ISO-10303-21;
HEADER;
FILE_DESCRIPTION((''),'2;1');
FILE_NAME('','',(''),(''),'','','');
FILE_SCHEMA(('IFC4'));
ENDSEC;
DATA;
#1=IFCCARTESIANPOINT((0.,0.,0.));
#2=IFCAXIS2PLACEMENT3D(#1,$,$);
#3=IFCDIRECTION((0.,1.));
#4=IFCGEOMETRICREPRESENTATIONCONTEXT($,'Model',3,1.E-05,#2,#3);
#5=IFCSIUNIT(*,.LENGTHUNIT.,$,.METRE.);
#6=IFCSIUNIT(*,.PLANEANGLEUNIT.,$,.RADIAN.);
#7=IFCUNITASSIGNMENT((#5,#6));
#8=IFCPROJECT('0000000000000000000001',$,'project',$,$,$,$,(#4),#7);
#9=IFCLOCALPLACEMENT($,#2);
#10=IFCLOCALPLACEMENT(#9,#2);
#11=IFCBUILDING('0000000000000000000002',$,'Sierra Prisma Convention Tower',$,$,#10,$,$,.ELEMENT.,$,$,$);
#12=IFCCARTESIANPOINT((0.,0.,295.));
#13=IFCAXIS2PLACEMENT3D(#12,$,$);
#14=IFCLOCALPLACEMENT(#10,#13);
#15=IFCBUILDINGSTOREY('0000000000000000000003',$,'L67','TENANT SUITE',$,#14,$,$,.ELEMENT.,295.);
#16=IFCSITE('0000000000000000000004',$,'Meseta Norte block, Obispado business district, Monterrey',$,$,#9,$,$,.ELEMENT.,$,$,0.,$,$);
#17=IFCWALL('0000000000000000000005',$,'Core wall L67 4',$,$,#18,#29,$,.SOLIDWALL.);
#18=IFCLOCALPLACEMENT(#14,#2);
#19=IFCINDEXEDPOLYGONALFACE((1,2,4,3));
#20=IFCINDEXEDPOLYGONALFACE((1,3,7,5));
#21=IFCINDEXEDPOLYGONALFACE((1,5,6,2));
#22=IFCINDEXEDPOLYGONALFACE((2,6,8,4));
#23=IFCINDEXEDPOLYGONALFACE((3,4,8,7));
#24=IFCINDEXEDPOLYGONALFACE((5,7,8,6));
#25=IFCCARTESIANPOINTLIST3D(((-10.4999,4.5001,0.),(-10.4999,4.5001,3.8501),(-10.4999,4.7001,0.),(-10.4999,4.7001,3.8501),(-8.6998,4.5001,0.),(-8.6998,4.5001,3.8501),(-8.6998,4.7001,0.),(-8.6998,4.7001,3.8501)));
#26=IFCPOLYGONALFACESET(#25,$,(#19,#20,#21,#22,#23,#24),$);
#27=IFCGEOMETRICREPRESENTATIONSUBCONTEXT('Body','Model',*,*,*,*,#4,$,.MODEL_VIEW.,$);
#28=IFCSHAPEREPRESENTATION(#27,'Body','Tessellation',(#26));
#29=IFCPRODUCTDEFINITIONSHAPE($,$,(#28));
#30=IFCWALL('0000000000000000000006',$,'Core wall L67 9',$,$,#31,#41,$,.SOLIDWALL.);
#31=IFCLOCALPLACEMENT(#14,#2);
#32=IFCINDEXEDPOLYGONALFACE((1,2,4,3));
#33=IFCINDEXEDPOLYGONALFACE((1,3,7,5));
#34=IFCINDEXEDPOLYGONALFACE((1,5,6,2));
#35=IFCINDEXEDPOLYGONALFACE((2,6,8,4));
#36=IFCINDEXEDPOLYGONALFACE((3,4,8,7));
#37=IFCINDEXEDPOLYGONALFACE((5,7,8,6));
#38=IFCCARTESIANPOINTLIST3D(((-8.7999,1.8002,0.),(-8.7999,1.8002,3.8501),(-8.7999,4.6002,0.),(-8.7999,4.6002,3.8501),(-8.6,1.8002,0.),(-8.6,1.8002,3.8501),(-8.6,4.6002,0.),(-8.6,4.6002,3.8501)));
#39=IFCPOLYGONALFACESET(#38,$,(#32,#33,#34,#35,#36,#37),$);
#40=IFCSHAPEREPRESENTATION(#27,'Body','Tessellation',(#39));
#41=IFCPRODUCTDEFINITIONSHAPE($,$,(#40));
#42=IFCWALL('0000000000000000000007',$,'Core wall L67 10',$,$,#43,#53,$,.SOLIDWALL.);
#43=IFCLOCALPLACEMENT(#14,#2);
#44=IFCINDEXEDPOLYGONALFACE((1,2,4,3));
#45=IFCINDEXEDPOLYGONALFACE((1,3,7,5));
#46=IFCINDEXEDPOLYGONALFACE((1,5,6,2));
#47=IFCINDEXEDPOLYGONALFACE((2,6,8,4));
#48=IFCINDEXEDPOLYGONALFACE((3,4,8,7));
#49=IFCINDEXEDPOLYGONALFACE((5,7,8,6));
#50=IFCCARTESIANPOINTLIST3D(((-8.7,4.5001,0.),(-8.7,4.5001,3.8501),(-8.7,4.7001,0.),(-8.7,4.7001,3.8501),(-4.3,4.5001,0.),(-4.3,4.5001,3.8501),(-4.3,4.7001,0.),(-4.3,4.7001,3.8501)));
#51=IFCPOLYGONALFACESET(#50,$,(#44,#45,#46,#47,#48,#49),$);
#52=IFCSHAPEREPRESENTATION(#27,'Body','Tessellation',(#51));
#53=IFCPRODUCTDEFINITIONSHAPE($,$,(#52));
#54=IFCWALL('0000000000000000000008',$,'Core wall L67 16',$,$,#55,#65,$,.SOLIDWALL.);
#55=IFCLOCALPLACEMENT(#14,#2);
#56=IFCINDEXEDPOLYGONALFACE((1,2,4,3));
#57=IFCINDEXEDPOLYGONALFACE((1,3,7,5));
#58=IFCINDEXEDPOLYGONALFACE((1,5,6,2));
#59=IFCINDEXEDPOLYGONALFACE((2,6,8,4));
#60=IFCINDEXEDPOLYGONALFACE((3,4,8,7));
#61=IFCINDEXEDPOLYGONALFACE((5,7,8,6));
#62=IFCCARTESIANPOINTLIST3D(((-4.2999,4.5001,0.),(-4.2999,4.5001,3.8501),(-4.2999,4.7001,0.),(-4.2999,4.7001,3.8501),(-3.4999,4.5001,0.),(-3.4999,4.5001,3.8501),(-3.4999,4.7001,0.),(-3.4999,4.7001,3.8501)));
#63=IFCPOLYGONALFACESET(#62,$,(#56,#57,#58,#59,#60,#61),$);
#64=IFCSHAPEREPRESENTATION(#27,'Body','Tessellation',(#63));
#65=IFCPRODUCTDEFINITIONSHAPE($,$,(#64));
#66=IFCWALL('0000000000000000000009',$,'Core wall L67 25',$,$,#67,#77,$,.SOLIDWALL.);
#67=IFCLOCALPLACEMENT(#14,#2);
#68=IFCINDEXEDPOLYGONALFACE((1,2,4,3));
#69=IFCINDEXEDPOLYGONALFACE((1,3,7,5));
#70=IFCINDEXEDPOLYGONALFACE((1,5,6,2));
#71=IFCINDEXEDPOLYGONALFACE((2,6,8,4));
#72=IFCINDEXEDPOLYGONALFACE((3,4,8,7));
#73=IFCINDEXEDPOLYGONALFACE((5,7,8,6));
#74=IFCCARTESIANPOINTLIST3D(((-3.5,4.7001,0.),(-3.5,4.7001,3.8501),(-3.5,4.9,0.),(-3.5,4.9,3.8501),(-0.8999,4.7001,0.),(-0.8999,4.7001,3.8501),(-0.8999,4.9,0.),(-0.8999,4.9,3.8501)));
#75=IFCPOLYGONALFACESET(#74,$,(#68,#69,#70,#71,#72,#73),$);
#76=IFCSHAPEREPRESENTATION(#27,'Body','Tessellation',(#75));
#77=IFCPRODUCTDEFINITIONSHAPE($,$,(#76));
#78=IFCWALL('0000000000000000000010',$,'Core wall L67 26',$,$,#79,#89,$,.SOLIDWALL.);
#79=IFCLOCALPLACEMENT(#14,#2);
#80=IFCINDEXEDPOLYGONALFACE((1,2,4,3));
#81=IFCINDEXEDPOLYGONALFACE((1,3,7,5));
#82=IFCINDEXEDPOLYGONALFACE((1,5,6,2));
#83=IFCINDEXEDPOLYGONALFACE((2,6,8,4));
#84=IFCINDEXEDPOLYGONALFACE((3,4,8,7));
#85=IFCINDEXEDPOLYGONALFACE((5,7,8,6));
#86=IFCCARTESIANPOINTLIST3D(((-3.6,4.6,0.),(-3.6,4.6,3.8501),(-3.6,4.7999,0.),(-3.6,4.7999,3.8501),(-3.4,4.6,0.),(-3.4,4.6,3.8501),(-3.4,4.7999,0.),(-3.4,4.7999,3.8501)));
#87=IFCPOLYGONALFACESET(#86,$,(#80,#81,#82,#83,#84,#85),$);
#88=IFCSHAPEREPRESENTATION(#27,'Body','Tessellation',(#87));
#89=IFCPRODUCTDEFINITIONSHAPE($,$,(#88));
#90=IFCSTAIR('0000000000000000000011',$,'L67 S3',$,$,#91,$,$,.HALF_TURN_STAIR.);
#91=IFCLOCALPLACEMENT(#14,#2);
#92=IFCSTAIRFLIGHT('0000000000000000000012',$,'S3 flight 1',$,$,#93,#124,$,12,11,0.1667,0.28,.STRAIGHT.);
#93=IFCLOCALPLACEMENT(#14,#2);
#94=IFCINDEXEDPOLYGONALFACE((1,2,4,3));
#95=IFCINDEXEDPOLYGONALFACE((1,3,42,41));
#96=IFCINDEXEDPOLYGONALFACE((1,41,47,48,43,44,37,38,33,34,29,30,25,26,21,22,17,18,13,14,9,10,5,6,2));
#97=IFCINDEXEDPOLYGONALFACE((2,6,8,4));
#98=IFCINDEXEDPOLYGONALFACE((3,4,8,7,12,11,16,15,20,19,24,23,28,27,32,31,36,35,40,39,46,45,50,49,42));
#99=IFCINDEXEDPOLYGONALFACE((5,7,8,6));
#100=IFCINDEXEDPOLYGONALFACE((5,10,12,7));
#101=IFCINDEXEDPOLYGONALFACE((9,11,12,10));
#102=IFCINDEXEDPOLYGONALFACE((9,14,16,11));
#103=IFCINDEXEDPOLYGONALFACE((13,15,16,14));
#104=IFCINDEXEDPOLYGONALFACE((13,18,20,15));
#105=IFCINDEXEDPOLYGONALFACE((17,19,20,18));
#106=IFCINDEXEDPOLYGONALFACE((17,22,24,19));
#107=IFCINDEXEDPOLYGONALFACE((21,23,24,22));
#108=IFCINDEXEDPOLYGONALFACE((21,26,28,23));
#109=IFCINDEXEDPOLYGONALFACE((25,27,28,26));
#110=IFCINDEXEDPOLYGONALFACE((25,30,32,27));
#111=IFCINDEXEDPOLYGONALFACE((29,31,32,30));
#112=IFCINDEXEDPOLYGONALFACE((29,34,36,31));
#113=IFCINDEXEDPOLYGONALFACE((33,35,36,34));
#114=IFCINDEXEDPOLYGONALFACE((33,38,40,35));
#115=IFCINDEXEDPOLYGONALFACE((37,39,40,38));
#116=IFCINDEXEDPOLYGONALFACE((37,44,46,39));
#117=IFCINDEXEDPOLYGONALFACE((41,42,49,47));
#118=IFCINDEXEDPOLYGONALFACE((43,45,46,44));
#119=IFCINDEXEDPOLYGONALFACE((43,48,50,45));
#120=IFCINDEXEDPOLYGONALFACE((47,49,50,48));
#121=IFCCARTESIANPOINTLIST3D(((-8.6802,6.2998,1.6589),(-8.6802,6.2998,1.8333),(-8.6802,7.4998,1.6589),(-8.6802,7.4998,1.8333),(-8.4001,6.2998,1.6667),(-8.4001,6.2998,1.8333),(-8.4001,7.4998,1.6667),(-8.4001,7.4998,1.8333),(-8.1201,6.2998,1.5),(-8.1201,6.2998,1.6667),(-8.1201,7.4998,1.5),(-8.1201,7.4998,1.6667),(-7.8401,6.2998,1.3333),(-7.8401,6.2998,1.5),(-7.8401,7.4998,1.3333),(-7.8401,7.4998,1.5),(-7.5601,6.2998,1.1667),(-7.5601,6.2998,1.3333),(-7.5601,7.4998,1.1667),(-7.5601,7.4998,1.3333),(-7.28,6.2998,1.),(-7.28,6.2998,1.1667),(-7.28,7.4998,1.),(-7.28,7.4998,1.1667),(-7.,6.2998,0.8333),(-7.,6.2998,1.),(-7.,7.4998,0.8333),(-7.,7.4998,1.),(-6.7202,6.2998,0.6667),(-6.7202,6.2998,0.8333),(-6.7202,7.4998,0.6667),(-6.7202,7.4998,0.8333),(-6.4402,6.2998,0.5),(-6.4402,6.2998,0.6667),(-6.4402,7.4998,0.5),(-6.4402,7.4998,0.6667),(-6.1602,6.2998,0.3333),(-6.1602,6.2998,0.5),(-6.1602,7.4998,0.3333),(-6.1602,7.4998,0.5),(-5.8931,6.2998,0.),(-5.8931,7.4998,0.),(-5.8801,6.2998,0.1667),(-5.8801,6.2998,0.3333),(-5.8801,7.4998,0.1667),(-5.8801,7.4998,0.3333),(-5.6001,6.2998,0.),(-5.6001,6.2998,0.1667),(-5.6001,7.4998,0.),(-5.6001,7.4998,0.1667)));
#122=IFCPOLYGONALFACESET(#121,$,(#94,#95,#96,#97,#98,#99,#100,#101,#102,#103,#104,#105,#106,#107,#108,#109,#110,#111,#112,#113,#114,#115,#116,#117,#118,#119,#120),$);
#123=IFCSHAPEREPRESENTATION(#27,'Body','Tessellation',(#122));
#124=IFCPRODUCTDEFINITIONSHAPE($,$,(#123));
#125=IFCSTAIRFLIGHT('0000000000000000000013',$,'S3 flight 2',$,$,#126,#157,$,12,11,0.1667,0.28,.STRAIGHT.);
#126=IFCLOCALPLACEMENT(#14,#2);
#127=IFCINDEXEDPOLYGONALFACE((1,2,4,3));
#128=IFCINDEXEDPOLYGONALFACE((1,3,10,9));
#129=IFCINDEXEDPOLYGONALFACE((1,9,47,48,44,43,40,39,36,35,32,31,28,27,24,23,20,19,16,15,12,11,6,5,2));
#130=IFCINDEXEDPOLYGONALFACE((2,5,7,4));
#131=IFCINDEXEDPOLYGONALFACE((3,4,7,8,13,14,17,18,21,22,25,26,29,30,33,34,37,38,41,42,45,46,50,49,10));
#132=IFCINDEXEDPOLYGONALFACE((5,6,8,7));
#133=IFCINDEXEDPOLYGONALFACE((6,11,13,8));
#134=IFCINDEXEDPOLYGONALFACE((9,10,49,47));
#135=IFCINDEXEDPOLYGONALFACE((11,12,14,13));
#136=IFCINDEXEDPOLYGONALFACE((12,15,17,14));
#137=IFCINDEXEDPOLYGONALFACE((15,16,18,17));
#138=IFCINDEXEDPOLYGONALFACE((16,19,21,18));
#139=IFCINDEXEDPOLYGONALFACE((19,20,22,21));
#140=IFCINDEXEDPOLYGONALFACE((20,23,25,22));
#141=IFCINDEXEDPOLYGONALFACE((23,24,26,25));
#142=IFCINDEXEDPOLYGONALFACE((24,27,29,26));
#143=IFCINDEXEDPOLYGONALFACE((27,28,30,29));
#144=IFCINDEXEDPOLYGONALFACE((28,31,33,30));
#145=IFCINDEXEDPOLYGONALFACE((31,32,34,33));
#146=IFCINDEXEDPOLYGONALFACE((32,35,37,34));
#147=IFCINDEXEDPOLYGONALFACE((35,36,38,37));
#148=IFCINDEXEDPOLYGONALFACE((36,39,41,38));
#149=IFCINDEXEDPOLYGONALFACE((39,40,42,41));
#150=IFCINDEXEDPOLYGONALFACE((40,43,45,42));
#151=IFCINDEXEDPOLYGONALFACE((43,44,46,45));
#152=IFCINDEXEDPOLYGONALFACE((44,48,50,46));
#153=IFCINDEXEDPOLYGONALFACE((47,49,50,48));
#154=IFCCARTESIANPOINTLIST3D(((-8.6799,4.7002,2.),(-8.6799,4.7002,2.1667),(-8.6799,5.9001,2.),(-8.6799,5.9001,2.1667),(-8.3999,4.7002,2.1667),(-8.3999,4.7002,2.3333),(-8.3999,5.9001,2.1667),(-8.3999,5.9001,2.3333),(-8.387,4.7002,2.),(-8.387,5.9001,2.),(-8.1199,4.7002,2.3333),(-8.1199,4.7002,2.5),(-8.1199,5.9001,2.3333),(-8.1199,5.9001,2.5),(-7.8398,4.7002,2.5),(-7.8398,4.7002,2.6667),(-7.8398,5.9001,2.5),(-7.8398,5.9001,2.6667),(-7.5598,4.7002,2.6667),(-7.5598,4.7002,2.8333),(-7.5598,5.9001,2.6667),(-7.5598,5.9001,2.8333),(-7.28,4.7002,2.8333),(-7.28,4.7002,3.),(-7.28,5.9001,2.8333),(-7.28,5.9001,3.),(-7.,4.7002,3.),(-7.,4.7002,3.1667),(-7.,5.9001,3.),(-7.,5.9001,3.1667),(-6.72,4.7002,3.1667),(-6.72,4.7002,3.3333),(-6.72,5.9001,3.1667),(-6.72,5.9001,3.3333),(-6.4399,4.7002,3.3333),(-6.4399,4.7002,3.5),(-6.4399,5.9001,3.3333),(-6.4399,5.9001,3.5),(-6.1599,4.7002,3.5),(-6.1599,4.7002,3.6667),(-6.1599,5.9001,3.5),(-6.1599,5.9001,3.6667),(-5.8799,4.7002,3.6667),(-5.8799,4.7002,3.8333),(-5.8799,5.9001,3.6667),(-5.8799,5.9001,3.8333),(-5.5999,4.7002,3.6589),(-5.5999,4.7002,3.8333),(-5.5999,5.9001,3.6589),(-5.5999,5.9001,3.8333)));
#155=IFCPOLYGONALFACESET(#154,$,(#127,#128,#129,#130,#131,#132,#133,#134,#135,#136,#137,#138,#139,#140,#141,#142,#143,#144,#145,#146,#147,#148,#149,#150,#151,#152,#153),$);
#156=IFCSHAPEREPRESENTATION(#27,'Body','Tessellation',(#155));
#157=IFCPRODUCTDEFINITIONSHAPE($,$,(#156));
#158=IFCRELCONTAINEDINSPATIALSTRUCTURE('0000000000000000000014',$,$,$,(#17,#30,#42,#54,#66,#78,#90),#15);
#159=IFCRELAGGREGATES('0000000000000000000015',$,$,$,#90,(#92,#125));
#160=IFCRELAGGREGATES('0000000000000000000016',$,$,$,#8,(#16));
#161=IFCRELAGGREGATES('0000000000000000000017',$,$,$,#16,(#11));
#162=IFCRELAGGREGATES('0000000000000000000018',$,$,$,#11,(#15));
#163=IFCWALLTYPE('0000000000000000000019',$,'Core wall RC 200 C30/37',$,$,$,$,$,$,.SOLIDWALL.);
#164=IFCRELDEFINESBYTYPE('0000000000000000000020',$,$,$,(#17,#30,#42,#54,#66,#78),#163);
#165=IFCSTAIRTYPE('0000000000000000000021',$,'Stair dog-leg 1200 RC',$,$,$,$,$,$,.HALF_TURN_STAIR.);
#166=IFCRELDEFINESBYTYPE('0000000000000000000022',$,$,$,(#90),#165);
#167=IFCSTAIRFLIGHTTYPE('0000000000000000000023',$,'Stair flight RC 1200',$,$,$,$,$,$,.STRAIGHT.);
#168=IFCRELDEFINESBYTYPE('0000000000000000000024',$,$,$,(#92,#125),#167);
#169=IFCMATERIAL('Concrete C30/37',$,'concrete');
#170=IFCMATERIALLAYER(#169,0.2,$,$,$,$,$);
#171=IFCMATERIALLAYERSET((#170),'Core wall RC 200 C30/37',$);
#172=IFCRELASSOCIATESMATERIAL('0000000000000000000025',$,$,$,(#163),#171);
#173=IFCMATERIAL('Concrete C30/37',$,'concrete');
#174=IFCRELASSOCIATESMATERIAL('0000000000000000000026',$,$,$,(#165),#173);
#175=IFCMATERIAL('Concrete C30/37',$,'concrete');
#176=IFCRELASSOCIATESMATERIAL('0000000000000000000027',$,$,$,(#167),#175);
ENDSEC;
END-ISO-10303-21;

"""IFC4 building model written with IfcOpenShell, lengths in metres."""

from ifc_helpers import new_model, si_unit, direction, frame, frame_2d, origin, place, context, subcontext, project, spatial, polyline, rectangle, outline, extrude, material, layer, layer_set, type_object, element, aggregate, save


model = new_model("IFC4")

# Units and contexts
model_context = context("Model", 3, precision=1e-05, world=origin(), true_north=direction((0.0, 1.0)))
body_context = subcontext(model_context, "Body", "Model", "MODEL_VIEW")
ifc_project = project(units=[si_unit("LENGTHUNIT", "METRE"), si_unit("PLANEANGLEUNIT", "RADIAN")], contexts=[model_context])

# Site, building, storey
site_placement = place(None, origin())
site = spatial("IfcSite", under=ifc_project, at=site_placement, Name="Meseta Norte block, Obispado business district, Monterrey", CompositionType="ELEMENT", RefElevation=0.0)
building_placement = place(site_placement, origin())
building = spatial("IfcBuilding", under=site, at=building_placement, Name="Sierra Prisma Convention Tower", CompositionType="ELEMENT")
storey_placement = place(building_placement, frame((0.0, 0.0, 295.0)))
storey = spatial("IfcBuildingStorey", under=building, at=storey_placement, Name="L67", Description="TENANT SUITE", CompositionType="ELEMENT", Elevation=295.0)

# Walls
ifc_material_1 = material(Name="Concrete C30/37", Category="concrete")
ifc_layer = layer(ifc_material_1, 0.2)
ifc_layer_set = layer_set([ifc_layer], Name="Core wall RC 200 C30/37")
wall_type = type_object("IfcWallType", Name="Core wall RC 200 C30/37", PredefinedType="SOLIDWALL", material=ifc_layer_set)
wall_1_placement = place(storey_placement, frame((-8.7, 4.6001, 0.0), z_axis=(0.0, 0.0, 1.0), x_axis=(-1.0, 0.0, 0.0)))
element("IfcWall", 1, at=wall_1_placement, inside=storey, type_object=wall_type, Name="Core wall L67 4", PredefinedType="SOLIDWALL", context=body_context, shape_type="SweptSolid", body=[
    extrude(rectangle(XDim=1.8, YDim=0.2, at=frame_2d((0.8999, 0.0))), origin(), (0.0, 0.0, 1.0), 3.8501),
])
wall_2_placement = place(storey_placement, frame((-8.7, 4.6001, 0.0), z_axis=(0.0, 0.0, 1.0), x_axis=(0.0, -1.0, 0.0)))
element("IfcWall", 2, at=wall_2_placement, inside=storey, type_object=wall_type, Name="Core wall L67 9", PredefinedType="SOLIDWALL", context=body_context, shape_type="SweptSolid", body=[
    extrude(rectangle(XDim=2.8, YDim=0.2, at=frame_2d((1.3999, 0.0))), origin(), (0.0, 0.0, 1.0), 3.8501),
])
wall_3_placement = place(storey_placement, frame((-4.3, 4.6001, 0.0), z_axis=(0.0, 0.0, 1.0), x_axis=(-1.0, 0.0, 0.0)))
element("IfcWall", 3, at=wall_3_placement, inside=storey, type_object=wall_type, Name="Core wall L67 10", PredefinedType="SOLIDWALL", context=body_context, shape_type="SweptSolid", body=[
    extrude(rectangle(XDim=4.3999, YDim=0.2, at=frame_2d((2.2, 0.0))), origin(), (0.0, 0.0, 1.0), 3.8501),
])
wall_4_placement = place(storey_placement, frame((-3.5, 4.6001, 0.0), z_axis=(0.0, 0.0, 1.0), x_axis=(-1.0, 0.0, 0.0)))
element("IfcWall", 4, at=wall_4_placement, inside=storey, type_object=wall_type, Name="Core wall L67 16", PredefinedType="SOLIDWALL", context=body_context, shape_type="SweptSolid", body=[
    extrude(rectangle(XDim=0.8, YDim=0.2, at=frame_2d((0.3999, 0.0))), origin(), (0.0, 0.0, 1.0), 3.8501),
])

# Walls
wall_5_placement = place(storey_placement, frame((-0.8999, 4.8, 0.0), z_axis=(0.0, 0.0, 1.0), x_axis=(-1.0, 0.0, 0.0)))
element("IfcWall", 5, at=wall_5_placement, inside=storey, type_object=wall_type, Name="Core wall L67 25", PredefinedType="SOLIDWALL", context=body_context, shape_type="SweptSolid", body=[
    extrude(rectangle(XDim=2.6001, YDim=0.2, at=frame_2d((1.3, 0.0))), origin(), (0.0, 0.0, 1.0), 3.8501),
])
wall_6_placement = place(storey_placement, frame((-3.5, 4.8, 0.0), z_axis=(0.0, 0.0, 1.0), x_axis=(0.0, -1.0, 0.0)))
element("IfcWall", 6, at=wall_6_placement, inside=storey, type_object=wall_type, Name="Core wall L67 26", PredefinedType="SOLIDWALL", context=body_context, shape_type="SweptSolid", body=[
    extrude(rectangle(XDim=0.2, YDim=0.2, at=frame_2d((0.1001, 0.0))), origin(), (0.0, 0.0, 1.0), 3.8501),
])

# Stair, stair flights
ifc_material_2 = material(Name="Concrete C30/37", Category="concrete")
stair_type = type_object("IfcStairType", Name="Stair dog-leg 1200 RC", PredefinedType="HALF_TURN_STAIR", material=ifc_material_2)
stair_placement = place(storey_placement, origin())
stair = element("IfcStair", 7, at=stair_placement, inside=storey, type_object=stair_type, Name="L67 S3", PredefinedType="HALF_TURN_STAIR")
ifc_material_3 = material(Name="Concrete C30/37", Category="concrete")
stair_flight_type = type_object("IfcStairFlightType", Name="Stair flight RC 1200", PredefinedType="STRAIGHT", material=ifc_material_3)
stair_flight_1_placement = place(storey_placement, frame((-5.6001, 6.8999, 0.0), z_axis=(0.0, 0.0, 1.0), x_axis=(-1.0, 0.0, 0.0)))
stair_flight_1 = element("IfcStairFlight", 8, at=stair_flight_1_placement, type_object=stair_flight_type, Name="S3 flight 1", NumberOfRisers=12, NumberOfTreads=11, PredefinedType="STRAIGHT", RiserHeight=0.1667, TreadLength=0.28, context=body_context, shape_type="SweptSolid", body=[
    extrude(outline(polyline([(0.0, 0.0), (0.0, 0.1667), (0.28, 0.1667), (0.28, 0.3333), (0.5601, 0.3333), (0.5601, 0.5), (0.8401, 0.5), (0.8401, 0.6667), (1.1201, 0.6667), (1.1201, 0.8333), (1.3999, 0.8333), (1.3999, 1.0), (1.6799, 1.0), (1.6799, 1.1667), (1.96, 1.1667), (1.96, 1.3333), (2.24, 1.3333), (2.24, 1.5), (2.52, 1.5), (2.52, 1.6667), (2.8, 1.6667), (2.8, 1.8333), (3.0801, 1.8333), (3.0801, 2.0), (3.0801, 1.6589), (0.293, 0.0), (0.0, 0.0)])), frame((0.0, 0.6001, 0.0), z_axis=(0.0, -1.0, 0.0), x_axis=(1.0, 0.0, 0.0)), (0.0, 0.0, 1.0), 1.2),
])
stair_flight_2_placement = place(storey_placement, frame((-8.6799, 5.3, 2.0), z_axis=(0.0, 0.0, 1.0), x_axis=(1.0, 0.0, 0.0)))
stair_flight_2 = element("IfcStairFlight", 9, at=stair_flight_2_placement, type_object=stair_flight_type, Name="S3 flight 2", NumberOfRisers=12, NumberOfTreads=11, PredefinedType="STRAIGHT", RiserHeight=0.1667, TreadLength=0.28, context=body_context, shape_type="SweptSolid", body=[
    extrude(outline(polyline([(0.0, 0.0), (0.0, 0.1667), (0.28, 0.1667), (0.28, 0.3333), (0.5601, 0.3333), (0.5601, 0.5), (0.8401, 0.5), (0.8401, 0.6667), (1.1201, 0.6667), (1.1201, 0.8333), (1.3999, 0.8333), (1.3999, 1.0), (1.6799, 1.0), (1.6799, 1.1667), (1.96, 1.1667), (1.96, 1.3333), (2.24, 1.3333), (2.24, 1.5), (2.52, 1.5), (2.52, 1.6667), (2.8, 1.6667), (2.8, 1.8333), (3.0801, 1.8333), (3.0801, 2.0), (3.0801, 1.6589), (0.293, 0.0), (0.0, 0.0)])), frame((0.0, 0.6001, 0.0), z_axis=(0.0, -1.0, 0.0), x_axis=(1.0, 0.0, 0.0)), (0.0, 0.0, 1.0), 1.2),
])
aggregate(stair, [stair_flight_1, stair_flight_2])

save(model, "model.ifc")
